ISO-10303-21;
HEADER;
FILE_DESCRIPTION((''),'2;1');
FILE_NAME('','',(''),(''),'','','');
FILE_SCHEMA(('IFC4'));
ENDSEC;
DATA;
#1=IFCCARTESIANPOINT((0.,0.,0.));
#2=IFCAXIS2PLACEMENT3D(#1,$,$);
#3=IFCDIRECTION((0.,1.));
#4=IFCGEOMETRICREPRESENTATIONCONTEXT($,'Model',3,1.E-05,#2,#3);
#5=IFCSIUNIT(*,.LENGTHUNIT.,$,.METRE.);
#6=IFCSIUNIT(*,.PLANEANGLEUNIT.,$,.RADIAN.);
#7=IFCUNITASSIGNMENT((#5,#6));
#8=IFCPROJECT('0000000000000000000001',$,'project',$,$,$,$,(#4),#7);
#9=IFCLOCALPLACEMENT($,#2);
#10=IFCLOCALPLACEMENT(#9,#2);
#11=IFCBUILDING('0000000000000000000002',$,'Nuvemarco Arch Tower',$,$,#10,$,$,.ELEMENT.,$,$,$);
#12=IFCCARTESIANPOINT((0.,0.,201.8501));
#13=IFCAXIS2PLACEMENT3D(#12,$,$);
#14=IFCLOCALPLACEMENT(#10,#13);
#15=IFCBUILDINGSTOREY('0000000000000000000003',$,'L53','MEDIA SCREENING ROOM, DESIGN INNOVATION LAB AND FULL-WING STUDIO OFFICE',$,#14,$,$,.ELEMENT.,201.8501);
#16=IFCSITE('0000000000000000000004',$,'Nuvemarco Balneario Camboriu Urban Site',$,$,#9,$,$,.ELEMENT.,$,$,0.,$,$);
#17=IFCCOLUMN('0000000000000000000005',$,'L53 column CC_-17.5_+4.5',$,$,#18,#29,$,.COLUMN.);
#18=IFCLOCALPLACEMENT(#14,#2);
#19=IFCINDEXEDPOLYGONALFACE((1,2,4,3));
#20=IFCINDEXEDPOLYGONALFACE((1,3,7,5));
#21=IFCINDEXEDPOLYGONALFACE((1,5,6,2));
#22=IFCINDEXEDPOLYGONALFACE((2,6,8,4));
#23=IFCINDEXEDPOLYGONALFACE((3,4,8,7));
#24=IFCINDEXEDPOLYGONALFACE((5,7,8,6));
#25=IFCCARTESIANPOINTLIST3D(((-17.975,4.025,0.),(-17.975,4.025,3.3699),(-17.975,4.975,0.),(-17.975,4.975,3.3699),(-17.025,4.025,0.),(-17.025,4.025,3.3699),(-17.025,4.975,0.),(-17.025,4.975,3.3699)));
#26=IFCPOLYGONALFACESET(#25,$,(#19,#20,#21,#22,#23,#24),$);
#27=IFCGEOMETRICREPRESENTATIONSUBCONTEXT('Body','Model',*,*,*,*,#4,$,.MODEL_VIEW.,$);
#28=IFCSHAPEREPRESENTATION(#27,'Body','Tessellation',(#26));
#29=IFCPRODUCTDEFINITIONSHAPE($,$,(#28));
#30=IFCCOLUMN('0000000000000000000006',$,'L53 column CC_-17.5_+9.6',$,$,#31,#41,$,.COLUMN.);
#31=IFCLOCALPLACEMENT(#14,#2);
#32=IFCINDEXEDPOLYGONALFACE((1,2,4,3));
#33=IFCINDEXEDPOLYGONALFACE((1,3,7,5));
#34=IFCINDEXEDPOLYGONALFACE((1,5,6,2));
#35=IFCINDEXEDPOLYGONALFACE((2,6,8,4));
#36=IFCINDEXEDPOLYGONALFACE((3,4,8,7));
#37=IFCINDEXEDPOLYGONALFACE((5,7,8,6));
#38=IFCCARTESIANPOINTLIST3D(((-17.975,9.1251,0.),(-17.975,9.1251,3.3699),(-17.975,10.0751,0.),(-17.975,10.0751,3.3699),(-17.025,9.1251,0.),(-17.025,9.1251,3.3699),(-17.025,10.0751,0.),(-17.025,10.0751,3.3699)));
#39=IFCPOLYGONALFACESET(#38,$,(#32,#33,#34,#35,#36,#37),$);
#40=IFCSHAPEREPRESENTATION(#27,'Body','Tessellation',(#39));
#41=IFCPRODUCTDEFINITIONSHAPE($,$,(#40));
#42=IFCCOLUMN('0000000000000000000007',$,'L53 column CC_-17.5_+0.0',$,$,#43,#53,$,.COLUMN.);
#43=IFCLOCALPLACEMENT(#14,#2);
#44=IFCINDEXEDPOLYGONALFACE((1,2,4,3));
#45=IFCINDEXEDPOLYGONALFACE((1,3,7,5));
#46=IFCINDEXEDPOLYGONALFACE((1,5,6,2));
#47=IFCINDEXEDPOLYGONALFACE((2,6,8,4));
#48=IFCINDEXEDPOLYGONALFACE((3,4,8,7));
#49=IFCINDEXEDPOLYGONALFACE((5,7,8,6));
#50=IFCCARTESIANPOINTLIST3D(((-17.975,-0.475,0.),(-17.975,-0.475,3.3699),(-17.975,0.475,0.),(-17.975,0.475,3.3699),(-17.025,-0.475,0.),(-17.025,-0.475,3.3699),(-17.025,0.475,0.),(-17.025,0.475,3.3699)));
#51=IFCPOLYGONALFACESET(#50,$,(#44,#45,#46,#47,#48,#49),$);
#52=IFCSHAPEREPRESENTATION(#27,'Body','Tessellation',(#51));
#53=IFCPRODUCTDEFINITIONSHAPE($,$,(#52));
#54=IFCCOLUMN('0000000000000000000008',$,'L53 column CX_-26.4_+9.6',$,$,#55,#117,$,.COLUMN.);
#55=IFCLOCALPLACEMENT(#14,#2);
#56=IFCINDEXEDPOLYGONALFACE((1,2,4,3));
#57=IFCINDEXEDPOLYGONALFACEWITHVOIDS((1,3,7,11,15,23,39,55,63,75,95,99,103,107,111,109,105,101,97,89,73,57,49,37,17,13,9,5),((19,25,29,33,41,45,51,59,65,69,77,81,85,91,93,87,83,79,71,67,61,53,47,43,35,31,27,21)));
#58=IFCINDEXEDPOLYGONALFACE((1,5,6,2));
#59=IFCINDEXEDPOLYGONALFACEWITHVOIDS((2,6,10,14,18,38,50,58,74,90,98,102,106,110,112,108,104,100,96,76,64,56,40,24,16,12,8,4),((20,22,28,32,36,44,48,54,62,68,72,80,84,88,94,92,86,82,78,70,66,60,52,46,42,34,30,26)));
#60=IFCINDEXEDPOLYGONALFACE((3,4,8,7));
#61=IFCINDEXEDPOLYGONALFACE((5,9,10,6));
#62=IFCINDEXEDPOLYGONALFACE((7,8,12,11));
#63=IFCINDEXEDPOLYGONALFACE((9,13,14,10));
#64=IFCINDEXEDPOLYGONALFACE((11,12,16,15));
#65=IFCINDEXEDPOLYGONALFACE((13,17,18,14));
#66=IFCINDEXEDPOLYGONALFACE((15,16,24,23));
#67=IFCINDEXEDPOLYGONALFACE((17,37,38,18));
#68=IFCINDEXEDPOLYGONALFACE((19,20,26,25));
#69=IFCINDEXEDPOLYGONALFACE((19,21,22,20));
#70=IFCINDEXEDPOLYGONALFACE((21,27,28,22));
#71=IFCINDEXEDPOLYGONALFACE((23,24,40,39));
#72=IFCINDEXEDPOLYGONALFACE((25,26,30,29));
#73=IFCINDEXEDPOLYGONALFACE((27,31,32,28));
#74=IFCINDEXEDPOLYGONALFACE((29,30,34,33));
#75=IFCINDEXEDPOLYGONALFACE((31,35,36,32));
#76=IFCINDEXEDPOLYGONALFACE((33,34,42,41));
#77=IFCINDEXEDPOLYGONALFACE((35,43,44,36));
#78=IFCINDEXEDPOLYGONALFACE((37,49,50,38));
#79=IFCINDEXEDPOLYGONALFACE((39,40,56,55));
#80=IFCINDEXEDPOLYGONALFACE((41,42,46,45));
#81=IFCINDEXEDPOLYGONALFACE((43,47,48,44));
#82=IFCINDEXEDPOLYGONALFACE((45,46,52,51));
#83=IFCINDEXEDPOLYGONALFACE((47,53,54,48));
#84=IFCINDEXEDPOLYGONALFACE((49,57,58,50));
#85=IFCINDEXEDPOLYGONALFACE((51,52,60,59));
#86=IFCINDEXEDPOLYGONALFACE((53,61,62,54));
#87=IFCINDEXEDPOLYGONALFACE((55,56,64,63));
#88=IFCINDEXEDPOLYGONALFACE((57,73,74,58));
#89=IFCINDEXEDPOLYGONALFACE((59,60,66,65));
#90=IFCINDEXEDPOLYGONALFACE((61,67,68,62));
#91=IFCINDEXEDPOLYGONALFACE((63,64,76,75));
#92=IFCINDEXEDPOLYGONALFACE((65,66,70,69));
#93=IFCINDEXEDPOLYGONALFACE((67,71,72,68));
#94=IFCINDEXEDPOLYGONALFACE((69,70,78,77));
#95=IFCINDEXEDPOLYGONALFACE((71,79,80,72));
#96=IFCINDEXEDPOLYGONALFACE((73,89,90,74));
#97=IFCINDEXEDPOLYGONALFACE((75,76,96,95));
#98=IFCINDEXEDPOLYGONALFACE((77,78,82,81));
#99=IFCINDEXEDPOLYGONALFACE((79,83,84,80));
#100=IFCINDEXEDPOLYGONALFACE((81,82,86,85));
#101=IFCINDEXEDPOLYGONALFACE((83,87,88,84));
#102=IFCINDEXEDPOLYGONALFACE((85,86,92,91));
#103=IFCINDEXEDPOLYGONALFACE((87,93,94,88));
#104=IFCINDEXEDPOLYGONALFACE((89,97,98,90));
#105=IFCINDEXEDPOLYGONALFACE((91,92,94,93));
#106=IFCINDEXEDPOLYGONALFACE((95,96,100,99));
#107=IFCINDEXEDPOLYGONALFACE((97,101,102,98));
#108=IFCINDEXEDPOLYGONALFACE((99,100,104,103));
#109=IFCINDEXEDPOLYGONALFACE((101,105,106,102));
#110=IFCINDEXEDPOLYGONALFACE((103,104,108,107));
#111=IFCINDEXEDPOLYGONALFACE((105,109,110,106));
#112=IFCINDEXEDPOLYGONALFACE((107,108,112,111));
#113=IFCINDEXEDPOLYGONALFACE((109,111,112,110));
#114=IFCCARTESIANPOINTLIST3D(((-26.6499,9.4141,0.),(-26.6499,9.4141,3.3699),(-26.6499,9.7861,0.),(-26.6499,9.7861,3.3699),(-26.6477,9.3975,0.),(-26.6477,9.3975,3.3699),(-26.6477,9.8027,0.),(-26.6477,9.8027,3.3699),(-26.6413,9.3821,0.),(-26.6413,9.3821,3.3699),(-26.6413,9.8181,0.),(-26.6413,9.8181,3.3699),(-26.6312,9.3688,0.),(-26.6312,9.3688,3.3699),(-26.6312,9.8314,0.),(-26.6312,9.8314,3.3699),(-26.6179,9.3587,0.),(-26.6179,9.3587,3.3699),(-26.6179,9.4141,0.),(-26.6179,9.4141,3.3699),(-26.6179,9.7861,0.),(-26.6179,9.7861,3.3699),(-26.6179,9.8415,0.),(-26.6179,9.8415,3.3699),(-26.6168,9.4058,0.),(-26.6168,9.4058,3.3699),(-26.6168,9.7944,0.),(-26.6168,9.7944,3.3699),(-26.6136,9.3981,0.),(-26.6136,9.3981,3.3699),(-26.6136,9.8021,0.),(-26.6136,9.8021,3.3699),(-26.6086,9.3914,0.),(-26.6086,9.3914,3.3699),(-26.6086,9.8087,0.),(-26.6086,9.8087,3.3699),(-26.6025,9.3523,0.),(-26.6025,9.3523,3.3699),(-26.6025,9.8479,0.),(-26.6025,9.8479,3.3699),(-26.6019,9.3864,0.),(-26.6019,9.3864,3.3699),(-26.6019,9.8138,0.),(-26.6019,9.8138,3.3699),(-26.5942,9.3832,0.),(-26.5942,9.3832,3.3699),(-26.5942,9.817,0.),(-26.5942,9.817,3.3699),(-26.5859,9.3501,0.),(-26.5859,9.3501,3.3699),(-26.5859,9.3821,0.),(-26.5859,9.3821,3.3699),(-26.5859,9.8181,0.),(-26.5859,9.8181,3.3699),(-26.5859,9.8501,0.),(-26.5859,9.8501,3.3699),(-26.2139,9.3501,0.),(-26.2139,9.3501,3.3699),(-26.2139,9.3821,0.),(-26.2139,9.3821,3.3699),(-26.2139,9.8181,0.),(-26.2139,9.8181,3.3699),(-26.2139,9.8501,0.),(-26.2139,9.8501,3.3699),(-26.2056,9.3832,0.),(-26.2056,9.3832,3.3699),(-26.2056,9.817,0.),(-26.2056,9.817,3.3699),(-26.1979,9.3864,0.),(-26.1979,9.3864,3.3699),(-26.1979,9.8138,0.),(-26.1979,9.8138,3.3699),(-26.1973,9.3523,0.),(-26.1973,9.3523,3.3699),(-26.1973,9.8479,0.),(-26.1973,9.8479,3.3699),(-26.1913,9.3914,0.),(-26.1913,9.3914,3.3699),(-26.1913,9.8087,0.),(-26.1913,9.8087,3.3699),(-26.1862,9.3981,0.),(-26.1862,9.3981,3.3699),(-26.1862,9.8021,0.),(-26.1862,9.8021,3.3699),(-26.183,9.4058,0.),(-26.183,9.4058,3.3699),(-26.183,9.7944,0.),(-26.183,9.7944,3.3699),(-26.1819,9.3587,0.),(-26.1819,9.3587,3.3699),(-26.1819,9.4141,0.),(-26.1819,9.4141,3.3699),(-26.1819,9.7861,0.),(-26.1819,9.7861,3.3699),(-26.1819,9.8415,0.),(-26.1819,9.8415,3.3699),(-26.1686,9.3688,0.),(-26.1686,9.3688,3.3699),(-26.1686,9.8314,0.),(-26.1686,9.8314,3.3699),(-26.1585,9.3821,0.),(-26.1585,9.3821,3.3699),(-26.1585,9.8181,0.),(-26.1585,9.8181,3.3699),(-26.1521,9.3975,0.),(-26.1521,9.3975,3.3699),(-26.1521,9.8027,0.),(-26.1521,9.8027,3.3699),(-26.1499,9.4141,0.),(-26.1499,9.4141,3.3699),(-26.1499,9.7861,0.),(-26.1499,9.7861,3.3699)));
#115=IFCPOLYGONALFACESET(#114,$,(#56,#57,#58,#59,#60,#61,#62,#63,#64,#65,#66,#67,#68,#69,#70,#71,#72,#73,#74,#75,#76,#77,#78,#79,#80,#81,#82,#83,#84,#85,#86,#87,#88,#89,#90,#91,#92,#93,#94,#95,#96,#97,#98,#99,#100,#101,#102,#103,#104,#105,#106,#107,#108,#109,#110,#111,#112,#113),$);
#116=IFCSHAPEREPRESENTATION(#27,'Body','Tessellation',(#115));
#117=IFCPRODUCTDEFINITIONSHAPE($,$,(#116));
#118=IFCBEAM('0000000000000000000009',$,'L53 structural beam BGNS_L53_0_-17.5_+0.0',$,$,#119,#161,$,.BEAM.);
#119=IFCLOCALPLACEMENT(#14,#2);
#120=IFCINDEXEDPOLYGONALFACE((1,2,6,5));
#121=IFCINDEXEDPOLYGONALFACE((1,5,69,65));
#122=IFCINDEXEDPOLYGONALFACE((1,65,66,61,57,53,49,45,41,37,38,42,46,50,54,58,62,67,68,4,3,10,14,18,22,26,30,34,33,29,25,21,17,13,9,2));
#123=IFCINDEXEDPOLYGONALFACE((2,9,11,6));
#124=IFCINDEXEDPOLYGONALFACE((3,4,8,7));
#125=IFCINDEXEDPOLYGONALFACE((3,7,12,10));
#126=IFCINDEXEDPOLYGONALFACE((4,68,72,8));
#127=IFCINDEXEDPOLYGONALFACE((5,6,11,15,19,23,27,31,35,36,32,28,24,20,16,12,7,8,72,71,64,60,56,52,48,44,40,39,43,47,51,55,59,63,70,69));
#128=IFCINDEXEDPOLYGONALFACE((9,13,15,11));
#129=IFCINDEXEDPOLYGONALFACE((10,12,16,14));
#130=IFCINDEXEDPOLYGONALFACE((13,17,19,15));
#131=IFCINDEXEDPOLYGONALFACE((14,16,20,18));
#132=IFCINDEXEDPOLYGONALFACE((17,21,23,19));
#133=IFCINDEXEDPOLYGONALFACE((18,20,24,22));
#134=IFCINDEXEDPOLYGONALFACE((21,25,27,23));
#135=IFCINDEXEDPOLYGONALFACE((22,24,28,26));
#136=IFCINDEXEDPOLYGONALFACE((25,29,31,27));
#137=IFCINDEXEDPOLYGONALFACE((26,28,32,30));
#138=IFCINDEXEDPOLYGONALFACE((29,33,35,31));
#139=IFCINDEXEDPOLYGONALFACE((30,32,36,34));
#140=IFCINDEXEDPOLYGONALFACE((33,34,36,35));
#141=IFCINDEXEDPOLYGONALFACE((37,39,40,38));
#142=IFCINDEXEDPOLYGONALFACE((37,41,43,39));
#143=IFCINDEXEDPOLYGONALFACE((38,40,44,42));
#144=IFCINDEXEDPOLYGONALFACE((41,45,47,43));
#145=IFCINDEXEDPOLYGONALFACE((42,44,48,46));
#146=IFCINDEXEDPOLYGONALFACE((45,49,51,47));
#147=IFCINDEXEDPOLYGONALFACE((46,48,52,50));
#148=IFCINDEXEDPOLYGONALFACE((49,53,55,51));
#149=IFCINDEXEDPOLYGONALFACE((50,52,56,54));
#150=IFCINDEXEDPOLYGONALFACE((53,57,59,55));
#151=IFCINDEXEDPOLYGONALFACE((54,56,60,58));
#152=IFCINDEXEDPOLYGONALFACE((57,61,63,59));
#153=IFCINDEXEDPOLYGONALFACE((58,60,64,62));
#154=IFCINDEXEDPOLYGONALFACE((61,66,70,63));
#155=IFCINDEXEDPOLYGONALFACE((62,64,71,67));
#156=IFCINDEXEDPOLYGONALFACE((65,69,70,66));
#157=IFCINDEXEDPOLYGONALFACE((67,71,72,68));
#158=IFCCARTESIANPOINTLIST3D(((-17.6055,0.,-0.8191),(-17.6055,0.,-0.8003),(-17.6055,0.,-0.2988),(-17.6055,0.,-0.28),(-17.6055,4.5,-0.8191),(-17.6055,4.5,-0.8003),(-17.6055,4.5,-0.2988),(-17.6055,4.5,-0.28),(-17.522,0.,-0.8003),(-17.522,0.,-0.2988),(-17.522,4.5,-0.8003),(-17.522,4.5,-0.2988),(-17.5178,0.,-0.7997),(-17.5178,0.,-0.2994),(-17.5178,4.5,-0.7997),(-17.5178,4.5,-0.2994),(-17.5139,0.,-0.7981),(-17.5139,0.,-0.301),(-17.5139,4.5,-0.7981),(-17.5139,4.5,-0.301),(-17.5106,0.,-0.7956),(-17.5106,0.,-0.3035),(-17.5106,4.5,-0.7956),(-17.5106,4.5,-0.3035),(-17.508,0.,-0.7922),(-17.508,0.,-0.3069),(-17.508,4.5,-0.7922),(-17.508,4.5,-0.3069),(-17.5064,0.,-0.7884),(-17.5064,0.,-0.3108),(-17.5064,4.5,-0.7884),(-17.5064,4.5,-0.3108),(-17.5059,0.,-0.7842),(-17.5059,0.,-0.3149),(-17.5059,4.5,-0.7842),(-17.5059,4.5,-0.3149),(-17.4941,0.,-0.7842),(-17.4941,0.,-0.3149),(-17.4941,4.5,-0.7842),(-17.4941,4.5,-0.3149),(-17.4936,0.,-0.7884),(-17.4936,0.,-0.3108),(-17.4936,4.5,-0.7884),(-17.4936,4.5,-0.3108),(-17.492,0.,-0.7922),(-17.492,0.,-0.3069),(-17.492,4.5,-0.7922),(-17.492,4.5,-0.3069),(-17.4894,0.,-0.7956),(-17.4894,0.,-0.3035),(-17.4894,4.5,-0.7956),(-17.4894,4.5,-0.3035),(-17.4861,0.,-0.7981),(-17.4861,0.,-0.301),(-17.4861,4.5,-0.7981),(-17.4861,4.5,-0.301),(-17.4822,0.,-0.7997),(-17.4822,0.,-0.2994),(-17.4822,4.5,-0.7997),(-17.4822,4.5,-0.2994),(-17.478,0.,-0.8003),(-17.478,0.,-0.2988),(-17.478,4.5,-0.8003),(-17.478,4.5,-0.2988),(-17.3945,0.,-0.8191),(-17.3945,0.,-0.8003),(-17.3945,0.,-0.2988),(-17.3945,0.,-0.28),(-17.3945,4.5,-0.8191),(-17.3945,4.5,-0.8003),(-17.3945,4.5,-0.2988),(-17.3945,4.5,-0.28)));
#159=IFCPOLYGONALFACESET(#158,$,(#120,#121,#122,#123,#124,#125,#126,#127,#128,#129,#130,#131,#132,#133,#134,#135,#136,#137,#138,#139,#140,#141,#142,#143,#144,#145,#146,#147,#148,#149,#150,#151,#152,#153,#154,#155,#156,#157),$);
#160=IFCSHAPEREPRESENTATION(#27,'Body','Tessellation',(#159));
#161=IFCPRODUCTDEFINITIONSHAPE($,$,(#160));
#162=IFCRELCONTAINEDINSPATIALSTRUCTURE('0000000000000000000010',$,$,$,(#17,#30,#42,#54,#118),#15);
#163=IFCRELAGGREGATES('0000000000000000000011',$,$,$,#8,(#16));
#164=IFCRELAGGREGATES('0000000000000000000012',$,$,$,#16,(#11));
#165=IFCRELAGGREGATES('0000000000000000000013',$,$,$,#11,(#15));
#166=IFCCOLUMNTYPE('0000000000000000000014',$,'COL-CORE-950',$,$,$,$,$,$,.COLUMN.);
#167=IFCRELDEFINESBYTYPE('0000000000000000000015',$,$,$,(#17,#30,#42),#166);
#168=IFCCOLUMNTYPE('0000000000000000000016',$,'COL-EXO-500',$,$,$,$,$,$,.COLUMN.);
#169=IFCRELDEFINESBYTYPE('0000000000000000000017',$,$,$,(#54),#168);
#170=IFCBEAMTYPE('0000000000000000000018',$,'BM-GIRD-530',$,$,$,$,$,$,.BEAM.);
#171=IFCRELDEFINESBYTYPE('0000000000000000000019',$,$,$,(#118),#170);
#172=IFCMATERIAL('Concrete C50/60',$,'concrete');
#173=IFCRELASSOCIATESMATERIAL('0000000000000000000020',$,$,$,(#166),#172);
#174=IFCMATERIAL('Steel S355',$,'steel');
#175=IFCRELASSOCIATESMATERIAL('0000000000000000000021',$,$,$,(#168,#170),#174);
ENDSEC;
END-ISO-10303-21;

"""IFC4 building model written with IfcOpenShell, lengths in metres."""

from ifc_helpers import new_model, si_unit, direction, frame, origin, origin_2d, place, context, subcontext, project, spatial, rectangle, hollow_rectangle, i_section, extrude, material, material_profile, profile_set, type_object, element, save


model = new_model("IFC4")

# Units and contexts
model_context = context("Model", 3, precision=1e-05, world=origin(), true_north=direction((0.0, 1.0)))
body_context = subcontext(model_context, "Body", "Model", "MODEL_VIEW")
ifc_project = project(units=[si_unit("LENGTHUNIT", "METRE"), si_unit("PLANEANGLEUNIT", "RADIAN")], contexts=[model_context])

# Site, building, storey
site_placement = place(None, origin())
site = spatial("IfcSite", under=ifc_project, at=site_placement, Name="Nuvemarco Balneario Camboriu Urban Site", CompositionType="ELEMENT", RefElevation=0.0)
building_placement = place(site_placement, origin())
building = spatial("IfcBuilding", under=site, at=building_placement, Name="Nuvemarco Arch Tower", CompositionType="ELEMENT")
storey_placement = place(building_placement, frame((0.0, 0.0, 201.8501)))
storey = spatial("IfcBuildingStorey", under=building, at=storey_placement, Name="L53", Description="MEDIA SCREENING ROOM, DESIGN INNOVATION LAB AND FULL-WING STUDIO OFFICE", CompositionType="ELEMENT", Elevation=201.8501)

# Columns
ifc_material_1 = material(Name="Concrete C50/60", Category="concrete")
ifc_material_profile_1 = material_profile(ifc_material_1, rectangle(XDim=0.95, YDim=0.95, at=origin_2d()), Name="RC-COL-950x950")
ifc_profile_set_1 = profile_set([ifc_material_profile_1], Name="Concrete C50/60")
column_type_1 = type_object("IfcColumnType", Name="COL-CORE-950", PredefinedType="COLUMN", material=ifc_profile_set_1)
for number, where, z_axis, x_axis, name in (
    (1, (-17.5, 4.5, 0.0), (0.0, 0.0, 1.0), (1.0, 0.0, 0.0), "L53 column CC_-17.5_+4.5"),
    (2, (-17.5, 9.6001, 0.0), (0.0, 0.0, 1.0), (1.0, 0.0, 0.0), "L53 column CC_-17.5_+9.6"),
    (3, (-17.5, 0.0, 0.0), (0.0, 0.0, 1.0), (1.0, 0.0, 0.0), "L53 column CC_-17.5_+0.0"),
):
    element("IfcColumn", number, at=place(storey_placement, frame(where, z_axis=z_axis, x_axis=x_axis)), inside=storey, type_object=column_type_1, Name=name, PredefinedType="COLUMN", context=body_context, shape_type="SweptSolid", body=[
        extrude(rectangle(XDim=0.95, YDim=0.95, at=origin_2d()), origin(), (0.0, 0.0, 1.0), 3.3699),
    ])
ifc_material_2 = material(Name="Steel S355", Category="steel")
ifc_material_profile_2 = material_profile(ifc_material_2, hollow_rectangle(XDim=0.5, YDim=0.5, WallThickness=0.032, InnerFilletRadius=0.032, OuterFilletRadius=0.064, at=origin_2d()), Name="SHS500x500x32")
ifc_profile_set_2 = profile_set([ifc_material_profile_2], Name="Steel S355")
column_type_2 = type_object("IfcColumnType", Name="COL-EXO-500", PredefinedType="COLUMN", material=ifc_profile_set_2)
column_placement = place(storey_placement, frame((-26.3999, 9.6001, 0.0), z_axis=(0.0, 0.0, 1.0), x_axis=(1.0, 0.0, 0.0)))
element("IfcColumn", 4, at=column_placement, inside=storey, type_object=column_type_2, Name="L53 column CX_-26.4_+9.6", PredefinedType="COLUMN", context=body_context, shape_type="SweptSolid", body=[
    extrude(hollow_rectangle(XDim=0.5, YDim=0.5, WallThickness=0.032, InnerFilletRadius=0.032, OuterFilletRadius=0.064, at=origin_2d()), origin(), (0.0, 0.0, 1.0), 3.3699),
])

# Beam
ifc_material_profile_3 = material_profile(ifc_material_2, i_section(OverallWidth=0.2109, OverallDepth=0.5391, WebThickness=0.0117, FlangeThickness=0.0188, FilletRadius=0.0161, at=origin_2d()), Name="W530x109")
ifc_profile_set_3 = profile_set([ifc_material_profile_3], Name="Steel S355")
beam_type_1 = type_object("IfcBeamType", Name="BM-GIRD-530", PredefinedType="BEAM", material=ifc_profile_set_3)
beam_1_placement = place(storey_placement, frame((-17.5, 0.0, -0.5496), z_axis=(0.0, 1.0, 0.0), x_axis=(-1.0, 0.0, 0.0)))
element("IfcBeam", 5, at=beam_1_placement, inside=storey, type_object=beam_type_1, Name="L53 structural beam BGNS_L53_0_-17.5_+0.0", PredefinedType="BEAM", context=body_context, shape_type="SweptSolid", body=[
    extrude(i_section(OverallWidth=0.2109, OverallDepth=0.5391, WebThickness=0.0117, FlangeThickness=0.0188, FilletRadius=0.0161, at=origin_2d()), origin(), (0.0, 0.0, 1.0), 4.5),
])

save(model, "model.ifc")
